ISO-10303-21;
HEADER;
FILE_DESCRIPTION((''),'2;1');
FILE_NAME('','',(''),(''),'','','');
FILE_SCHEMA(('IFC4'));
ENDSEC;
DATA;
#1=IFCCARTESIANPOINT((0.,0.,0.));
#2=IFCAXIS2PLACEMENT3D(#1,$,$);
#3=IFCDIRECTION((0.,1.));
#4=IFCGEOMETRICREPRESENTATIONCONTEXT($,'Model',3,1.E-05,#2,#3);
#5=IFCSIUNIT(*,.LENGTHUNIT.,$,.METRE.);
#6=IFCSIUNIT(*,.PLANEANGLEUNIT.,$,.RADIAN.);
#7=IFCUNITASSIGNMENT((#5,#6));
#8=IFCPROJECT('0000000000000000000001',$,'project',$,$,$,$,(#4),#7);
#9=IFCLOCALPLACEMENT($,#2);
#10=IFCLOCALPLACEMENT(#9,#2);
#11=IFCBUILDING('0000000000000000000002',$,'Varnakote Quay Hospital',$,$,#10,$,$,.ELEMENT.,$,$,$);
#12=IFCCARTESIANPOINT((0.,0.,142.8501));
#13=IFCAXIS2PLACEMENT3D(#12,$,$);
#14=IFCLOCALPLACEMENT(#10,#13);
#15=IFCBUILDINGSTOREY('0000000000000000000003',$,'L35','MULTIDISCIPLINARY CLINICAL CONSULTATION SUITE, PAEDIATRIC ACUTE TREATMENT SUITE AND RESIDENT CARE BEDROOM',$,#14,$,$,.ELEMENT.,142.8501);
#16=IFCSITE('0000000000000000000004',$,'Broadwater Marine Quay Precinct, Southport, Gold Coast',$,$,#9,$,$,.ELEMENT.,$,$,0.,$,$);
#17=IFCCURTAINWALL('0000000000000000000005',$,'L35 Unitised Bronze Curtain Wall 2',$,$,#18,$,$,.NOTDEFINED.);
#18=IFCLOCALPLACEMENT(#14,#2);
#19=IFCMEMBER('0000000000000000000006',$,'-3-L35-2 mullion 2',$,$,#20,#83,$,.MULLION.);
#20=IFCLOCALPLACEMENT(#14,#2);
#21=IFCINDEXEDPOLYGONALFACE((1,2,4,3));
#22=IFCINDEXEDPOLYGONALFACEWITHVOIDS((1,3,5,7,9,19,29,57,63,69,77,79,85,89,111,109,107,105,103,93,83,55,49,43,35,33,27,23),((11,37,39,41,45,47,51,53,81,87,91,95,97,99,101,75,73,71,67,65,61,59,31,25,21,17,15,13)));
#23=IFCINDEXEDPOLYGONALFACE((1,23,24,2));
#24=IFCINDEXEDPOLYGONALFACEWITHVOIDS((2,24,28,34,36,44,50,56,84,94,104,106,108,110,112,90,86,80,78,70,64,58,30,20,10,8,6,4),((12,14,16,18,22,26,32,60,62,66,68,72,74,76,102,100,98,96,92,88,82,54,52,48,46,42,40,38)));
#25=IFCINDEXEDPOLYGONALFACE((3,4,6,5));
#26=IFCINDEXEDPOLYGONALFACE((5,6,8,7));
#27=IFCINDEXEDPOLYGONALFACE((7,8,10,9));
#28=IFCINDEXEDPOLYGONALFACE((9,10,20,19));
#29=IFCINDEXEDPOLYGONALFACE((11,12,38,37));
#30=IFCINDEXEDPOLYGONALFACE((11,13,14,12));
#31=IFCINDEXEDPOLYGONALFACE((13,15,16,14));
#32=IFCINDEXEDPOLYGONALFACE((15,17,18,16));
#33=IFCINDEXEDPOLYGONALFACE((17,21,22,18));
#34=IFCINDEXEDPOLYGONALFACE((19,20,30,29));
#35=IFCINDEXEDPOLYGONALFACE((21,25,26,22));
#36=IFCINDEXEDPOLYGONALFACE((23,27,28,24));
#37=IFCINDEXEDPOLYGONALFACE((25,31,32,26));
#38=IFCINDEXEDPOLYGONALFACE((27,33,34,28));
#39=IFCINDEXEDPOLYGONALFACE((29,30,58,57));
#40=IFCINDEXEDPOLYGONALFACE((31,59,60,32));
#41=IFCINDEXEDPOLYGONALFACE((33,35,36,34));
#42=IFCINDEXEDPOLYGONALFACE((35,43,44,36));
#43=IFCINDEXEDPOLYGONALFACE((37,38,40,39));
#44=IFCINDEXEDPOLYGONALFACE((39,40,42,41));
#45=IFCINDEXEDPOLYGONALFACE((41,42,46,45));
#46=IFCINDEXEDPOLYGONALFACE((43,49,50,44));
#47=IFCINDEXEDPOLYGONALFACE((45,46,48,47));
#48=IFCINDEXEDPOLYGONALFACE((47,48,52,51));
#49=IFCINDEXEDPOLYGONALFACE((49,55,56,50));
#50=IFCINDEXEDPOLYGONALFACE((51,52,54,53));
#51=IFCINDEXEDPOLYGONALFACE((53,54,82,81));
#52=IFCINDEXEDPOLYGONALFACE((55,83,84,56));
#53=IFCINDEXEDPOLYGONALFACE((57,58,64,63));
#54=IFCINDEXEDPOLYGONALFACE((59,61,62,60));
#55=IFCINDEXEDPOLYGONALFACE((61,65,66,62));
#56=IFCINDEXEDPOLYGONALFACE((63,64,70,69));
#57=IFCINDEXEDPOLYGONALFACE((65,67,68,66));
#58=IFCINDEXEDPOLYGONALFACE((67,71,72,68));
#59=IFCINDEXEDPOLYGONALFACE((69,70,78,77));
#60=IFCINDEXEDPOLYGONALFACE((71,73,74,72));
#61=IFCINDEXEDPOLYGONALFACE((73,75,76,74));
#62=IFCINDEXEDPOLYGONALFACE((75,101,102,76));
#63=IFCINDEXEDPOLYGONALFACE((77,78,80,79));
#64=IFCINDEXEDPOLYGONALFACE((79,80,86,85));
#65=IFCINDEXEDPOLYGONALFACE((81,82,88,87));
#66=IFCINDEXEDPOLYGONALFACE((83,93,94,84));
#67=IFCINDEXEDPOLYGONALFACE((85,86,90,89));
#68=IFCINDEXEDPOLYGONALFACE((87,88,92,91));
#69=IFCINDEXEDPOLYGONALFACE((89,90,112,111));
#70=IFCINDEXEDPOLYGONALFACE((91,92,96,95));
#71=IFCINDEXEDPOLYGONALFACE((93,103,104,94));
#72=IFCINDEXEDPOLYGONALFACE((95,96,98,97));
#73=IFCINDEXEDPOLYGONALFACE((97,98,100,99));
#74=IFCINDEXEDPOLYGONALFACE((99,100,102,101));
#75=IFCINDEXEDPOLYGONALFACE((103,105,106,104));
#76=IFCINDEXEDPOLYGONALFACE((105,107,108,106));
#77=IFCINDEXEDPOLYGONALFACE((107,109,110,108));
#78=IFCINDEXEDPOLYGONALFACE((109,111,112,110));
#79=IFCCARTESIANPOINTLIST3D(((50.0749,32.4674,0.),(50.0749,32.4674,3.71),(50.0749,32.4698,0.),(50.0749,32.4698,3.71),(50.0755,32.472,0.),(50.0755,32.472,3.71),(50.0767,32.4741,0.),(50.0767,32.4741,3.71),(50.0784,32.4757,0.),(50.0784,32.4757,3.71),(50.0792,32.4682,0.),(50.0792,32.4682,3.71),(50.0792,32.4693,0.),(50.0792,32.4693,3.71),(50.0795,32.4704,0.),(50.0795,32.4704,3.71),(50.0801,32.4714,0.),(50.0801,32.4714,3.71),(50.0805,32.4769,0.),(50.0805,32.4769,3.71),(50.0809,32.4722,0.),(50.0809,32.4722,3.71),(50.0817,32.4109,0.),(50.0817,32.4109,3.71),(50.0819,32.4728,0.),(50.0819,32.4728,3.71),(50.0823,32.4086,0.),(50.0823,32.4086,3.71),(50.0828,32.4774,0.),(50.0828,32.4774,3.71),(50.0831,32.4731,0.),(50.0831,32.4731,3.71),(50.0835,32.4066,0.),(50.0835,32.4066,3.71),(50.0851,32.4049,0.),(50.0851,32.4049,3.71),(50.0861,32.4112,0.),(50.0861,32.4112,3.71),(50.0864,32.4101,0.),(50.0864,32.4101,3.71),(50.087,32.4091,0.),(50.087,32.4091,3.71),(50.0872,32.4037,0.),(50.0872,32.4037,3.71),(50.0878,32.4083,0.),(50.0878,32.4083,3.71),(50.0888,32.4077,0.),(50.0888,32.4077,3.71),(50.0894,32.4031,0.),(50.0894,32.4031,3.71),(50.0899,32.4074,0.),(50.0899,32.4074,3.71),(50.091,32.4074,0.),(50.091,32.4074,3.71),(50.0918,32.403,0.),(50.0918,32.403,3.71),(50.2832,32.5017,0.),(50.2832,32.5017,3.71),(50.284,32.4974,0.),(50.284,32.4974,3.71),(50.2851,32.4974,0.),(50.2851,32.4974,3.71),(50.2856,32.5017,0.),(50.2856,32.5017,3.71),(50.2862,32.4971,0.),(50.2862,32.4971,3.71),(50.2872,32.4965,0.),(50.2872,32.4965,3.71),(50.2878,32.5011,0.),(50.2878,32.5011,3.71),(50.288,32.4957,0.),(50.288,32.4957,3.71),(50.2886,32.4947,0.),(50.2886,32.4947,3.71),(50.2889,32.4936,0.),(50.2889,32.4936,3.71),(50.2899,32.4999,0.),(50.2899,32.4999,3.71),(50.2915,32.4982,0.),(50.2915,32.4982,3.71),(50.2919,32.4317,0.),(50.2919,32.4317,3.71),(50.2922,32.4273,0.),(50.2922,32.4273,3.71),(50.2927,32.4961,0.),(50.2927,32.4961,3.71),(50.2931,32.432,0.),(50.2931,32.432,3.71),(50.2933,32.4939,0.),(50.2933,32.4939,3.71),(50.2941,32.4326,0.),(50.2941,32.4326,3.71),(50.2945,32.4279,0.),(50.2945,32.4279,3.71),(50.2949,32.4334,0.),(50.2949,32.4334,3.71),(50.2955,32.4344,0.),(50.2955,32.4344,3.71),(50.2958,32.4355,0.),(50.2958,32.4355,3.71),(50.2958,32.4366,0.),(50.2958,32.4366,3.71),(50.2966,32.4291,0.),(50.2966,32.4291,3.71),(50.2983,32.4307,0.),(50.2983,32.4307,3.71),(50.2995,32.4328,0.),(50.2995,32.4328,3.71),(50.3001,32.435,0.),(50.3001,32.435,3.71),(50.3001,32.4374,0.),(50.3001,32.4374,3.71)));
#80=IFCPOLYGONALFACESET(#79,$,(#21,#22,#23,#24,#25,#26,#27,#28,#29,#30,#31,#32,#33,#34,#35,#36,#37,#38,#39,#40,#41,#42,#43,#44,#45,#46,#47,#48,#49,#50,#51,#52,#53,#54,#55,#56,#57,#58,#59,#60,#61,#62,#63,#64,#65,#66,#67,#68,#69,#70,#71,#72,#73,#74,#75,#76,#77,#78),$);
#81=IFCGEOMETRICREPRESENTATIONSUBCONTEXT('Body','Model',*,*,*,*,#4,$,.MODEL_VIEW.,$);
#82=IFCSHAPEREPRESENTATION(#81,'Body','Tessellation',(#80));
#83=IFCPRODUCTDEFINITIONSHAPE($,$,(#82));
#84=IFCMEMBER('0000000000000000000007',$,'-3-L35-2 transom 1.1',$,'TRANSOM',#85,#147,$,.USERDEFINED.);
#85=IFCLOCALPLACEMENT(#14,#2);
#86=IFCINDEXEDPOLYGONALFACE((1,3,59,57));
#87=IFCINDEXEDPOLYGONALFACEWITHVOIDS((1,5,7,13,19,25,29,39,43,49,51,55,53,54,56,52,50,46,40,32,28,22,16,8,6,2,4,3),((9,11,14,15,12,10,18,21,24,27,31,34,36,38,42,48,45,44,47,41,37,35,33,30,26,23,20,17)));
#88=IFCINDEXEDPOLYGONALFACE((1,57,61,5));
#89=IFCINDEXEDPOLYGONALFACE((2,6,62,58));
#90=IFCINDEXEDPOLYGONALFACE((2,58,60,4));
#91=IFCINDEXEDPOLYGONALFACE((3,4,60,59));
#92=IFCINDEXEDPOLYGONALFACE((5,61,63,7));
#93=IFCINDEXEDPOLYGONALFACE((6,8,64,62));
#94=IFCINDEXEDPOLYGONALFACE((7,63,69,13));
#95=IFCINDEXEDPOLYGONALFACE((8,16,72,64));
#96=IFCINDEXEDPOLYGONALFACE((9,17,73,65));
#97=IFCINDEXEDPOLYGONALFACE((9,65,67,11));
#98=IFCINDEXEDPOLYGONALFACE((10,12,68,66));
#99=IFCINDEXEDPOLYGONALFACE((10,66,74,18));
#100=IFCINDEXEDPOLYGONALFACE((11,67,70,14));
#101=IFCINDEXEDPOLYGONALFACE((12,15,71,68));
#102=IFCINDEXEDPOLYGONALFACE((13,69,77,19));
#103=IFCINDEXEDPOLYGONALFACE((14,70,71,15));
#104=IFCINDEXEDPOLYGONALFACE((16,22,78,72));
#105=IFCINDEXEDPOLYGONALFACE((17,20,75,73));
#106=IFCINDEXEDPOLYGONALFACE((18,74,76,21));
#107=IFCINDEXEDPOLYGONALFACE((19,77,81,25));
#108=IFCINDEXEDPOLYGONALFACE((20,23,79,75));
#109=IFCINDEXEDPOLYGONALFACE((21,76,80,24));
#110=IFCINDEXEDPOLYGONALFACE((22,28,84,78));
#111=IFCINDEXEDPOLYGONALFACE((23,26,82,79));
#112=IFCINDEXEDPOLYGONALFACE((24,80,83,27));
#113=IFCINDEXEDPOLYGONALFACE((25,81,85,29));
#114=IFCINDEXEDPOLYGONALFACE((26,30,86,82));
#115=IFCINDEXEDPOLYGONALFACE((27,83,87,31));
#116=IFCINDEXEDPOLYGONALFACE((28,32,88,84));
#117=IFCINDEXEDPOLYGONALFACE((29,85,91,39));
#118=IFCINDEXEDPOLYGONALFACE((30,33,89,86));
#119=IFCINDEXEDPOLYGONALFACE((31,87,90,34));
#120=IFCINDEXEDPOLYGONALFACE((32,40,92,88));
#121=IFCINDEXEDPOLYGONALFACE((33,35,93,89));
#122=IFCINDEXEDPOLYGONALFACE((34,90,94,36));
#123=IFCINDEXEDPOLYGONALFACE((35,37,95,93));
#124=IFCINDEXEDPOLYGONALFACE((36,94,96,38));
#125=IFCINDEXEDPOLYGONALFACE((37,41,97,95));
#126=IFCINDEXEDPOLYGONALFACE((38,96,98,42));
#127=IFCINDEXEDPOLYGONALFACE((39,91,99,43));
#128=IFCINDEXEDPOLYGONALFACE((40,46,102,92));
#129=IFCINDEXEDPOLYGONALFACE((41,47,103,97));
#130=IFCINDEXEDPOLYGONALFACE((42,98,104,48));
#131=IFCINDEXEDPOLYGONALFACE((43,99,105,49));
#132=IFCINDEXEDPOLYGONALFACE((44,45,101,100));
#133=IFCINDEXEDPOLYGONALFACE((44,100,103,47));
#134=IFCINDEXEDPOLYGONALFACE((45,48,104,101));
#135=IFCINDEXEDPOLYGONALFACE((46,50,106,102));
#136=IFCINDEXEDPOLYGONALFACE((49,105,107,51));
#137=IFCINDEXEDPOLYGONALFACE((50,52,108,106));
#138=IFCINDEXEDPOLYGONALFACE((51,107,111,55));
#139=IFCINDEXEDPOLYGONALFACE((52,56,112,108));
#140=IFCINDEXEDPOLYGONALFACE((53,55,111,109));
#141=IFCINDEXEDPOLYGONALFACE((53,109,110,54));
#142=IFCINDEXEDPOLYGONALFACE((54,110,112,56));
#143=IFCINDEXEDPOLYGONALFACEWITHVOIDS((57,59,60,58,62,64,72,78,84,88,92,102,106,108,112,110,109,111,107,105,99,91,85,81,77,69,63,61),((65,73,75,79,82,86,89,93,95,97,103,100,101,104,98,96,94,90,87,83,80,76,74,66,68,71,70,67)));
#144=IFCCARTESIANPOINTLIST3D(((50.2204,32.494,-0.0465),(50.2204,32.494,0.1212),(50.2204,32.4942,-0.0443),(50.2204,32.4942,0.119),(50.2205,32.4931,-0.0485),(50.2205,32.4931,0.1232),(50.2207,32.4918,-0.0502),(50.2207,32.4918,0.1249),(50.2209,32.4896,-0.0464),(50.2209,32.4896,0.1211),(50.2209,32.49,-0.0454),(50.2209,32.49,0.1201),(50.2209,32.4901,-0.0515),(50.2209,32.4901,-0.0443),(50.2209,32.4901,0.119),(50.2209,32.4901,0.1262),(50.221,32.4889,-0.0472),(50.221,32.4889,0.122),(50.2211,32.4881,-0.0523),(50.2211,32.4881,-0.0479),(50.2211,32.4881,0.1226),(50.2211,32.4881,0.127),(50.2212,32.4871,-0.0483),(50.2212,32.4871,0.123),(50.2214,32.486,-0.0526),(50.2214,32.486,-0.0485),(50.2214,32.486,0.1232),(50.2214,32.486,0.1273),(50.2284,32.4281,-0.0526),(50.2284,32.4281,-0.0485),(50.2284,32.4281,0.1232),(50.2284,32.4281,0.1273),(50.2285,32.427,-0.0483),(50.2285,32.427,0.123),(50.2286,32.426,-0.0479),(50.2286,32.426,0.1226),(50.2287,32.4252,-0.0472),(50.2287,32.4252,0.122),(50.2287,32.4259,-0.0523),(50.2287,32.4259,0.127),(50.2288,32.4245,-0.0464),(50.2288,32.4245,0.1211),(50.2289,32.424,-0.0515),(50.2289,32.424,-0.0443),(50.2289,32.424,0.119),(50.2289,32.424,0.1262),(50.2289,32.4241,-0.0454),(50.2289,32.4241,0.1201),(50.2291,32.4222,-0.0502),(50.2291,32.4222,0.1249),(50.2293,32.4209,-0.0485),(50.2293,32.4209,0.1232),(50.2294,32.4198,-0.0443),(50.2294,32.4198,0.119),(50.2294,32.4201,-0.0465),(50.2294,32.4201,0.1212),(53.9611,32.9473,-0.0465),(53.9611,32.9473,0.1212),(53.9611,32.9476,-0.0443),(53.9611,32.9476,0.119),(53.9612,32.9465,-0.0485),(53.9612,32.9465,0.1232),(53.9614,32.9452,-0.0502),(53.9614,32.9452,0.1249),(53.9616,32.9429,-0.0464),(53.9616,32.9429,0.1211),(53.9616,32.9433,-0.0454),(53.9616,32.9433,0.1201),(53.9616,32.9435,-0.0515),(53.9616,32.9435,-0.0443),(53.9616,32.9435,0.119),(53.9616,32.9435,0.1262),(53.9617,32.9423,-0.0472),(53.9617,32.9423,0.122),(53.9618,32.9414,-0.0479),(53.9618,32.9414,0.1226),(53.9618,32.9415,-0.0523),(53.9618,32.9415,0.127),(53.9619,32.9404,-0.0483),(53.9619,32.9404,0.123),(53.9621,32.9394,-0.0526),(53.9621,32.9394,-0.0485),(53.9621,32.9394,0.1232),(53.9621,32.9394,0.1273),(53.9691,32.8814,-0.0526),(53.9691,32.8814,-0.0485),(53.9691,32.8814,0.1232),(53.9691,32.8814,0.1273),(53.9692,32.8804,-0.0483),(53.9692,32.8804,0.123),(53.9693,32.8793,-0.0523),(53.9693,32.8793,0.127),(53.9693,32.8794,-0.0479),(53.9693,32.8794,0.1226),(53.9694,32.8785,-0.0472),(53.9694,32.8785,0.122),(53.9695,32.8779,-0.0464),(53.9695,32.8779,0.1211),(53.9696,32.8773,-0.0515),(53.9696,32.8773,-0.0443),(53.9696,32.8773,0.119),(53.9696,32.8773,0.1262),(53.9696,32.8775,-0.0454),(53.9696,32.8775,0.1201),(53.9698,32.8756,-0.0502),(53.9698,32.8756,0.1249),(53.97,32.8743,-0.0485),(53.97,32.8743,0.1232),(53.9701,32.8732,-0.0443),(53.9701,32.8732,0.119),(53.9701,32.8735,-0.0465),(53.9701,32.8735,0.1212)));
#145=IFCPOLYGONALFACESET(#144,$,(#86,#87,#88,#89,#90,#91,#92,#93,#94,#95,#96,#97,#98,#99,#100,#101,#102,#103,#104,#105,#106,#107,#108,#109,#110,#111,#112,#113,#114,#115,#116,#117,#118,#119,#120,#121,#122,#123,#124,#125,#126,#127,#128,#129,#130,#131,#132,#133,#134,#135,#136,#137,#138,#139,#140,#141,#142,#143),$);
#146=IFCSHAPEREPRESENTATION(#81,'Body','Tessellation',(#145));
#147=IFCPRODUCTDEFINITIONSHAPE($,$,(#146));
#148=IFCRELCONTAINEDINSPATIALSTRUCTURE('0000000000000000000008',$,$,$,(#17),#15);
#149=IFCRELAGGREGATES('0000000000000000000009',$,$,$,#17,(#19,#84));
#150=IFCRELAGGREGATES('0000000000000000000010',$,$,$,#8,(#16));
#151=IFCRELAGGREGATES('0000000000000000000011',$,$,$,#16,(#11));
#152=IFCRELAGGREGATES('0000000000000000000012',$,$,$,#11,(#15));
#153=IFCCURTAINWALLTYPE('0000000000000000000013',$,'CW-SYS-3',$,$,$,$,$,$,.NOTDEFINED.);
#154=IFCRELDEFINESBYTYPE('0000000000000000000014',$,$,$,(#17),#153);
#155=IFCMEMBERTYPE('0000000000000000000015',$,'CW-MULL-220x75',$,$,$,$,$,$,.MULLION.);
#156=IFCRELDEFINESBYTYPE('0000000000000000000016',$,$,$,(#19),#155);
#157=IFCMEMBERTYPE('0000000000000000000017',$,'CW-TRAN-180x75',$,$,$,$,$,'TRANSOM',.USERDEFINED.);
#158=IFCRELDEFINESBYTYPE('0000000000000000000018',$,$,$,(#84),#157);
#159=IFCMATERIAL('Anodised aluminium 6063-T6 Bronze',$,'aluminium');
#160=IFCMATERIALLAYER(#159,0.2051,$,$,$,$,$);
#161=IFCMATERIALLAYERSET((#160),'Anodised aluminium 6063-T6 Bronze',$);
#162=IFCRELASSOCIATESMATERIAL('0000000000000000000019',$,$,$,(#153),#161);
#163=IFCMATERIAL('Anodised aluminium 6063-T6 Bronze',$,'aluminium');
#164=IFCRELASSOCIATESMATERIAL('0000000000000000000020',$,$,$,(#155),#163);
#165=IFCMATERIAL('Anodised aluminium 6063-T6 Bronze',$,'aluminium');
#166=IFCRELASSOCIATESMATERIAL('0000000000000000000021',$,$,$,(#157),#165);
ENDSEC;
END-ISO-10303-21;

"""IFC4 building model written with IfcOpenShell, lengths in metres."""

from ifc_helpers import new_model, si_unit, direction, frame, origin, origin_2d, place, context, subcontext, project, spatial, hollow_rectangle, extrude, material, layer, layer_set, material_profile, profile_set, type_object, element, aggregate, save


model = new_model("IFC4")

# Units and contexts
model_context = context("Model", 3, precision=1e-05, world=origin(), true_north=direction((0.0, 1.0)))
body_context = subcontext(model_context, "Body", "Model", "MODEL_VIEW")
ifc_project = project(units=[si_unit("LENGTHUNIT", "METRE"), si_unit("PLANEANGLEUNIT", "RADIAN")], contexts=[model_context])

# Site, building, storey
site_placement = place(None, origin())
site = spatial("IfcSite", under=ifc_project, at=site_placement, Name="Broadwater Marine Quay Precinct, Southport, Gold Coast", CompositionType="ELEMENT", RefElevation=0.0)
building_placement = place(site_placement, origin())
building = spatial("IfcBuilding", under=site, at=building_placement, Name="Varnakote Quay Hospital", CompositionType="ELEMENT")
storey_placement = place(building_placement, frame((0.0, 0.0, 142.8501)))
storey = spatial("IfcBuildingStorey", under=building, at=storey_placement, Name="L35", Description="MULTIDISCIPLINARY CLINICAL CONSULTATION SUITE, PAEDIATRIC ACUTE TREATMENT SUITE AND RESIDENT CARE BEDROOM", CompositionType="ELEMENT", Elevation=142.8501)

# Shared definitions
ifc_material_1 = material(Name="Anodised aluminium 6063-T6 Bronze", Category="aluminium")
ifc_layer_1 = layer(ifc_material_1, 0.2051)
ifc_layer_set_1 = layer_set([ifc_layer_1], Name="Anodised aluminium 6063-T6 Bronze")
curtain_wall_type = type_object("IfcCurtainWallType", Name="CW-SYS-3", PredefinedType="NOTDEFINED", material=ifc_layer_set_1)
ifc_material_2 = material(Name="Anodised aluminium 6063-T6 Bronze", Category="aluminium")
ifc_material_profile_1 = material_profile(ifc_material_2, hollow_rectangle(XDim=0.075, YDim=0.22, WallThickness=0.0044, InnerFilletRadius=0.0044, OuterFilletRadius=0.009, at=origin_2d()), Name="CW-MULL-220x75")
ifc_profile_set_1 = profile_set([ifc_material_profile_1], Name="Anodised aluminium 6063-T6 Bronze")
member_type_1 = type_object("IfcMemberType", Name="CW-MULL-220x75", PredefinedType="MULLION", material=ifc_profile_set_1)

# Curtain wall, members
curtain_wall_1_placement = place(storey_placement, origin())
curtain_wall_1 = element("IfcCurtainWall", 1, at=curtain_wall_1_placement, inside=storey, type_object=curtain_wall_type, Name="L35 Unitised Bronze Curtain Wall 2", PredefinedType="NOTDEFINED")
member_1_placement = place(storey_placement, frame((50.1875, 32.4524, 0.0), z_axis=(0.0, 0.0, 1.0), x_axis=(0.120327, -0.992734, 0.0)))
member_1 = element("IfcMember", 2, at=member_1_placement, type_object=member_type_1, Name="-3-L35-2 mullion 2", PredefinedType="MULLION", context=body_context, shape_type="SweptSolid", body=[
    extrude(hollow_rectangle(XDim=0.075, YDim=0.22, WallThickness=0.0044, InnerFilletRadius=0.0044, OuterFilletRadius=0.009, at=origin_2d()), origin(), (0.0, 0.0, 1.0), 3.71),
])
ifc_material_3 = material(Name="Anodised aluminium 6063-T6 Bronze", Category="aluminium")
ifc_material_profile_2 = material_profile(ifc_material_3, hollow_rectangle(XDim=0.075, YDim=0.1799, WallThickness=0.0042, InnerFilletRadius=0.0042, OuterFilletRadius=0.0083, at=origin_2d()), Name="CW-TRAN-180x75")
ifc_profile_set_2 = profile_set([ifc_material_profile_2], Name="Anodised aluminium 6063-T6 Bronze")
member_type_2 = type_object("IfcMemberType", Name="CW-TRAN-180x75", ElementType="TRANSOM", PredefinedType="USERDEFINED", material=ifc_profile_set_2)
member_2_placement = place(storey_placement, frame((53.9656, 32.9104, 0.0374), z_axis=(-0.992735, -0.120318, 0.0), x_axis=(0.120318, -0.992735, 0.0)))
member_2 = element("IfcMember", 3, at=member_2_placement, type_object=member_type_2, Name="-3-L35-2 transom 1.1", ObjectType="TRANSOM", PredefinedType="USERDEFINED", context=body_context, shape_type="SweptSolid", body=[
    extrude(hollow_rectangle(XDim=0.075, YDim=0.1799, WallThickness=0.0042, InnerFilletRadius=0.0042, OuterFilletRadius=0.0083, at=origin_2d()), origin(), (0.0, 0.0, 1.0), 3.7681),
])

aggregate(curtain_wall_1, [member_1, member_2])

save(model, "model.ifc")
